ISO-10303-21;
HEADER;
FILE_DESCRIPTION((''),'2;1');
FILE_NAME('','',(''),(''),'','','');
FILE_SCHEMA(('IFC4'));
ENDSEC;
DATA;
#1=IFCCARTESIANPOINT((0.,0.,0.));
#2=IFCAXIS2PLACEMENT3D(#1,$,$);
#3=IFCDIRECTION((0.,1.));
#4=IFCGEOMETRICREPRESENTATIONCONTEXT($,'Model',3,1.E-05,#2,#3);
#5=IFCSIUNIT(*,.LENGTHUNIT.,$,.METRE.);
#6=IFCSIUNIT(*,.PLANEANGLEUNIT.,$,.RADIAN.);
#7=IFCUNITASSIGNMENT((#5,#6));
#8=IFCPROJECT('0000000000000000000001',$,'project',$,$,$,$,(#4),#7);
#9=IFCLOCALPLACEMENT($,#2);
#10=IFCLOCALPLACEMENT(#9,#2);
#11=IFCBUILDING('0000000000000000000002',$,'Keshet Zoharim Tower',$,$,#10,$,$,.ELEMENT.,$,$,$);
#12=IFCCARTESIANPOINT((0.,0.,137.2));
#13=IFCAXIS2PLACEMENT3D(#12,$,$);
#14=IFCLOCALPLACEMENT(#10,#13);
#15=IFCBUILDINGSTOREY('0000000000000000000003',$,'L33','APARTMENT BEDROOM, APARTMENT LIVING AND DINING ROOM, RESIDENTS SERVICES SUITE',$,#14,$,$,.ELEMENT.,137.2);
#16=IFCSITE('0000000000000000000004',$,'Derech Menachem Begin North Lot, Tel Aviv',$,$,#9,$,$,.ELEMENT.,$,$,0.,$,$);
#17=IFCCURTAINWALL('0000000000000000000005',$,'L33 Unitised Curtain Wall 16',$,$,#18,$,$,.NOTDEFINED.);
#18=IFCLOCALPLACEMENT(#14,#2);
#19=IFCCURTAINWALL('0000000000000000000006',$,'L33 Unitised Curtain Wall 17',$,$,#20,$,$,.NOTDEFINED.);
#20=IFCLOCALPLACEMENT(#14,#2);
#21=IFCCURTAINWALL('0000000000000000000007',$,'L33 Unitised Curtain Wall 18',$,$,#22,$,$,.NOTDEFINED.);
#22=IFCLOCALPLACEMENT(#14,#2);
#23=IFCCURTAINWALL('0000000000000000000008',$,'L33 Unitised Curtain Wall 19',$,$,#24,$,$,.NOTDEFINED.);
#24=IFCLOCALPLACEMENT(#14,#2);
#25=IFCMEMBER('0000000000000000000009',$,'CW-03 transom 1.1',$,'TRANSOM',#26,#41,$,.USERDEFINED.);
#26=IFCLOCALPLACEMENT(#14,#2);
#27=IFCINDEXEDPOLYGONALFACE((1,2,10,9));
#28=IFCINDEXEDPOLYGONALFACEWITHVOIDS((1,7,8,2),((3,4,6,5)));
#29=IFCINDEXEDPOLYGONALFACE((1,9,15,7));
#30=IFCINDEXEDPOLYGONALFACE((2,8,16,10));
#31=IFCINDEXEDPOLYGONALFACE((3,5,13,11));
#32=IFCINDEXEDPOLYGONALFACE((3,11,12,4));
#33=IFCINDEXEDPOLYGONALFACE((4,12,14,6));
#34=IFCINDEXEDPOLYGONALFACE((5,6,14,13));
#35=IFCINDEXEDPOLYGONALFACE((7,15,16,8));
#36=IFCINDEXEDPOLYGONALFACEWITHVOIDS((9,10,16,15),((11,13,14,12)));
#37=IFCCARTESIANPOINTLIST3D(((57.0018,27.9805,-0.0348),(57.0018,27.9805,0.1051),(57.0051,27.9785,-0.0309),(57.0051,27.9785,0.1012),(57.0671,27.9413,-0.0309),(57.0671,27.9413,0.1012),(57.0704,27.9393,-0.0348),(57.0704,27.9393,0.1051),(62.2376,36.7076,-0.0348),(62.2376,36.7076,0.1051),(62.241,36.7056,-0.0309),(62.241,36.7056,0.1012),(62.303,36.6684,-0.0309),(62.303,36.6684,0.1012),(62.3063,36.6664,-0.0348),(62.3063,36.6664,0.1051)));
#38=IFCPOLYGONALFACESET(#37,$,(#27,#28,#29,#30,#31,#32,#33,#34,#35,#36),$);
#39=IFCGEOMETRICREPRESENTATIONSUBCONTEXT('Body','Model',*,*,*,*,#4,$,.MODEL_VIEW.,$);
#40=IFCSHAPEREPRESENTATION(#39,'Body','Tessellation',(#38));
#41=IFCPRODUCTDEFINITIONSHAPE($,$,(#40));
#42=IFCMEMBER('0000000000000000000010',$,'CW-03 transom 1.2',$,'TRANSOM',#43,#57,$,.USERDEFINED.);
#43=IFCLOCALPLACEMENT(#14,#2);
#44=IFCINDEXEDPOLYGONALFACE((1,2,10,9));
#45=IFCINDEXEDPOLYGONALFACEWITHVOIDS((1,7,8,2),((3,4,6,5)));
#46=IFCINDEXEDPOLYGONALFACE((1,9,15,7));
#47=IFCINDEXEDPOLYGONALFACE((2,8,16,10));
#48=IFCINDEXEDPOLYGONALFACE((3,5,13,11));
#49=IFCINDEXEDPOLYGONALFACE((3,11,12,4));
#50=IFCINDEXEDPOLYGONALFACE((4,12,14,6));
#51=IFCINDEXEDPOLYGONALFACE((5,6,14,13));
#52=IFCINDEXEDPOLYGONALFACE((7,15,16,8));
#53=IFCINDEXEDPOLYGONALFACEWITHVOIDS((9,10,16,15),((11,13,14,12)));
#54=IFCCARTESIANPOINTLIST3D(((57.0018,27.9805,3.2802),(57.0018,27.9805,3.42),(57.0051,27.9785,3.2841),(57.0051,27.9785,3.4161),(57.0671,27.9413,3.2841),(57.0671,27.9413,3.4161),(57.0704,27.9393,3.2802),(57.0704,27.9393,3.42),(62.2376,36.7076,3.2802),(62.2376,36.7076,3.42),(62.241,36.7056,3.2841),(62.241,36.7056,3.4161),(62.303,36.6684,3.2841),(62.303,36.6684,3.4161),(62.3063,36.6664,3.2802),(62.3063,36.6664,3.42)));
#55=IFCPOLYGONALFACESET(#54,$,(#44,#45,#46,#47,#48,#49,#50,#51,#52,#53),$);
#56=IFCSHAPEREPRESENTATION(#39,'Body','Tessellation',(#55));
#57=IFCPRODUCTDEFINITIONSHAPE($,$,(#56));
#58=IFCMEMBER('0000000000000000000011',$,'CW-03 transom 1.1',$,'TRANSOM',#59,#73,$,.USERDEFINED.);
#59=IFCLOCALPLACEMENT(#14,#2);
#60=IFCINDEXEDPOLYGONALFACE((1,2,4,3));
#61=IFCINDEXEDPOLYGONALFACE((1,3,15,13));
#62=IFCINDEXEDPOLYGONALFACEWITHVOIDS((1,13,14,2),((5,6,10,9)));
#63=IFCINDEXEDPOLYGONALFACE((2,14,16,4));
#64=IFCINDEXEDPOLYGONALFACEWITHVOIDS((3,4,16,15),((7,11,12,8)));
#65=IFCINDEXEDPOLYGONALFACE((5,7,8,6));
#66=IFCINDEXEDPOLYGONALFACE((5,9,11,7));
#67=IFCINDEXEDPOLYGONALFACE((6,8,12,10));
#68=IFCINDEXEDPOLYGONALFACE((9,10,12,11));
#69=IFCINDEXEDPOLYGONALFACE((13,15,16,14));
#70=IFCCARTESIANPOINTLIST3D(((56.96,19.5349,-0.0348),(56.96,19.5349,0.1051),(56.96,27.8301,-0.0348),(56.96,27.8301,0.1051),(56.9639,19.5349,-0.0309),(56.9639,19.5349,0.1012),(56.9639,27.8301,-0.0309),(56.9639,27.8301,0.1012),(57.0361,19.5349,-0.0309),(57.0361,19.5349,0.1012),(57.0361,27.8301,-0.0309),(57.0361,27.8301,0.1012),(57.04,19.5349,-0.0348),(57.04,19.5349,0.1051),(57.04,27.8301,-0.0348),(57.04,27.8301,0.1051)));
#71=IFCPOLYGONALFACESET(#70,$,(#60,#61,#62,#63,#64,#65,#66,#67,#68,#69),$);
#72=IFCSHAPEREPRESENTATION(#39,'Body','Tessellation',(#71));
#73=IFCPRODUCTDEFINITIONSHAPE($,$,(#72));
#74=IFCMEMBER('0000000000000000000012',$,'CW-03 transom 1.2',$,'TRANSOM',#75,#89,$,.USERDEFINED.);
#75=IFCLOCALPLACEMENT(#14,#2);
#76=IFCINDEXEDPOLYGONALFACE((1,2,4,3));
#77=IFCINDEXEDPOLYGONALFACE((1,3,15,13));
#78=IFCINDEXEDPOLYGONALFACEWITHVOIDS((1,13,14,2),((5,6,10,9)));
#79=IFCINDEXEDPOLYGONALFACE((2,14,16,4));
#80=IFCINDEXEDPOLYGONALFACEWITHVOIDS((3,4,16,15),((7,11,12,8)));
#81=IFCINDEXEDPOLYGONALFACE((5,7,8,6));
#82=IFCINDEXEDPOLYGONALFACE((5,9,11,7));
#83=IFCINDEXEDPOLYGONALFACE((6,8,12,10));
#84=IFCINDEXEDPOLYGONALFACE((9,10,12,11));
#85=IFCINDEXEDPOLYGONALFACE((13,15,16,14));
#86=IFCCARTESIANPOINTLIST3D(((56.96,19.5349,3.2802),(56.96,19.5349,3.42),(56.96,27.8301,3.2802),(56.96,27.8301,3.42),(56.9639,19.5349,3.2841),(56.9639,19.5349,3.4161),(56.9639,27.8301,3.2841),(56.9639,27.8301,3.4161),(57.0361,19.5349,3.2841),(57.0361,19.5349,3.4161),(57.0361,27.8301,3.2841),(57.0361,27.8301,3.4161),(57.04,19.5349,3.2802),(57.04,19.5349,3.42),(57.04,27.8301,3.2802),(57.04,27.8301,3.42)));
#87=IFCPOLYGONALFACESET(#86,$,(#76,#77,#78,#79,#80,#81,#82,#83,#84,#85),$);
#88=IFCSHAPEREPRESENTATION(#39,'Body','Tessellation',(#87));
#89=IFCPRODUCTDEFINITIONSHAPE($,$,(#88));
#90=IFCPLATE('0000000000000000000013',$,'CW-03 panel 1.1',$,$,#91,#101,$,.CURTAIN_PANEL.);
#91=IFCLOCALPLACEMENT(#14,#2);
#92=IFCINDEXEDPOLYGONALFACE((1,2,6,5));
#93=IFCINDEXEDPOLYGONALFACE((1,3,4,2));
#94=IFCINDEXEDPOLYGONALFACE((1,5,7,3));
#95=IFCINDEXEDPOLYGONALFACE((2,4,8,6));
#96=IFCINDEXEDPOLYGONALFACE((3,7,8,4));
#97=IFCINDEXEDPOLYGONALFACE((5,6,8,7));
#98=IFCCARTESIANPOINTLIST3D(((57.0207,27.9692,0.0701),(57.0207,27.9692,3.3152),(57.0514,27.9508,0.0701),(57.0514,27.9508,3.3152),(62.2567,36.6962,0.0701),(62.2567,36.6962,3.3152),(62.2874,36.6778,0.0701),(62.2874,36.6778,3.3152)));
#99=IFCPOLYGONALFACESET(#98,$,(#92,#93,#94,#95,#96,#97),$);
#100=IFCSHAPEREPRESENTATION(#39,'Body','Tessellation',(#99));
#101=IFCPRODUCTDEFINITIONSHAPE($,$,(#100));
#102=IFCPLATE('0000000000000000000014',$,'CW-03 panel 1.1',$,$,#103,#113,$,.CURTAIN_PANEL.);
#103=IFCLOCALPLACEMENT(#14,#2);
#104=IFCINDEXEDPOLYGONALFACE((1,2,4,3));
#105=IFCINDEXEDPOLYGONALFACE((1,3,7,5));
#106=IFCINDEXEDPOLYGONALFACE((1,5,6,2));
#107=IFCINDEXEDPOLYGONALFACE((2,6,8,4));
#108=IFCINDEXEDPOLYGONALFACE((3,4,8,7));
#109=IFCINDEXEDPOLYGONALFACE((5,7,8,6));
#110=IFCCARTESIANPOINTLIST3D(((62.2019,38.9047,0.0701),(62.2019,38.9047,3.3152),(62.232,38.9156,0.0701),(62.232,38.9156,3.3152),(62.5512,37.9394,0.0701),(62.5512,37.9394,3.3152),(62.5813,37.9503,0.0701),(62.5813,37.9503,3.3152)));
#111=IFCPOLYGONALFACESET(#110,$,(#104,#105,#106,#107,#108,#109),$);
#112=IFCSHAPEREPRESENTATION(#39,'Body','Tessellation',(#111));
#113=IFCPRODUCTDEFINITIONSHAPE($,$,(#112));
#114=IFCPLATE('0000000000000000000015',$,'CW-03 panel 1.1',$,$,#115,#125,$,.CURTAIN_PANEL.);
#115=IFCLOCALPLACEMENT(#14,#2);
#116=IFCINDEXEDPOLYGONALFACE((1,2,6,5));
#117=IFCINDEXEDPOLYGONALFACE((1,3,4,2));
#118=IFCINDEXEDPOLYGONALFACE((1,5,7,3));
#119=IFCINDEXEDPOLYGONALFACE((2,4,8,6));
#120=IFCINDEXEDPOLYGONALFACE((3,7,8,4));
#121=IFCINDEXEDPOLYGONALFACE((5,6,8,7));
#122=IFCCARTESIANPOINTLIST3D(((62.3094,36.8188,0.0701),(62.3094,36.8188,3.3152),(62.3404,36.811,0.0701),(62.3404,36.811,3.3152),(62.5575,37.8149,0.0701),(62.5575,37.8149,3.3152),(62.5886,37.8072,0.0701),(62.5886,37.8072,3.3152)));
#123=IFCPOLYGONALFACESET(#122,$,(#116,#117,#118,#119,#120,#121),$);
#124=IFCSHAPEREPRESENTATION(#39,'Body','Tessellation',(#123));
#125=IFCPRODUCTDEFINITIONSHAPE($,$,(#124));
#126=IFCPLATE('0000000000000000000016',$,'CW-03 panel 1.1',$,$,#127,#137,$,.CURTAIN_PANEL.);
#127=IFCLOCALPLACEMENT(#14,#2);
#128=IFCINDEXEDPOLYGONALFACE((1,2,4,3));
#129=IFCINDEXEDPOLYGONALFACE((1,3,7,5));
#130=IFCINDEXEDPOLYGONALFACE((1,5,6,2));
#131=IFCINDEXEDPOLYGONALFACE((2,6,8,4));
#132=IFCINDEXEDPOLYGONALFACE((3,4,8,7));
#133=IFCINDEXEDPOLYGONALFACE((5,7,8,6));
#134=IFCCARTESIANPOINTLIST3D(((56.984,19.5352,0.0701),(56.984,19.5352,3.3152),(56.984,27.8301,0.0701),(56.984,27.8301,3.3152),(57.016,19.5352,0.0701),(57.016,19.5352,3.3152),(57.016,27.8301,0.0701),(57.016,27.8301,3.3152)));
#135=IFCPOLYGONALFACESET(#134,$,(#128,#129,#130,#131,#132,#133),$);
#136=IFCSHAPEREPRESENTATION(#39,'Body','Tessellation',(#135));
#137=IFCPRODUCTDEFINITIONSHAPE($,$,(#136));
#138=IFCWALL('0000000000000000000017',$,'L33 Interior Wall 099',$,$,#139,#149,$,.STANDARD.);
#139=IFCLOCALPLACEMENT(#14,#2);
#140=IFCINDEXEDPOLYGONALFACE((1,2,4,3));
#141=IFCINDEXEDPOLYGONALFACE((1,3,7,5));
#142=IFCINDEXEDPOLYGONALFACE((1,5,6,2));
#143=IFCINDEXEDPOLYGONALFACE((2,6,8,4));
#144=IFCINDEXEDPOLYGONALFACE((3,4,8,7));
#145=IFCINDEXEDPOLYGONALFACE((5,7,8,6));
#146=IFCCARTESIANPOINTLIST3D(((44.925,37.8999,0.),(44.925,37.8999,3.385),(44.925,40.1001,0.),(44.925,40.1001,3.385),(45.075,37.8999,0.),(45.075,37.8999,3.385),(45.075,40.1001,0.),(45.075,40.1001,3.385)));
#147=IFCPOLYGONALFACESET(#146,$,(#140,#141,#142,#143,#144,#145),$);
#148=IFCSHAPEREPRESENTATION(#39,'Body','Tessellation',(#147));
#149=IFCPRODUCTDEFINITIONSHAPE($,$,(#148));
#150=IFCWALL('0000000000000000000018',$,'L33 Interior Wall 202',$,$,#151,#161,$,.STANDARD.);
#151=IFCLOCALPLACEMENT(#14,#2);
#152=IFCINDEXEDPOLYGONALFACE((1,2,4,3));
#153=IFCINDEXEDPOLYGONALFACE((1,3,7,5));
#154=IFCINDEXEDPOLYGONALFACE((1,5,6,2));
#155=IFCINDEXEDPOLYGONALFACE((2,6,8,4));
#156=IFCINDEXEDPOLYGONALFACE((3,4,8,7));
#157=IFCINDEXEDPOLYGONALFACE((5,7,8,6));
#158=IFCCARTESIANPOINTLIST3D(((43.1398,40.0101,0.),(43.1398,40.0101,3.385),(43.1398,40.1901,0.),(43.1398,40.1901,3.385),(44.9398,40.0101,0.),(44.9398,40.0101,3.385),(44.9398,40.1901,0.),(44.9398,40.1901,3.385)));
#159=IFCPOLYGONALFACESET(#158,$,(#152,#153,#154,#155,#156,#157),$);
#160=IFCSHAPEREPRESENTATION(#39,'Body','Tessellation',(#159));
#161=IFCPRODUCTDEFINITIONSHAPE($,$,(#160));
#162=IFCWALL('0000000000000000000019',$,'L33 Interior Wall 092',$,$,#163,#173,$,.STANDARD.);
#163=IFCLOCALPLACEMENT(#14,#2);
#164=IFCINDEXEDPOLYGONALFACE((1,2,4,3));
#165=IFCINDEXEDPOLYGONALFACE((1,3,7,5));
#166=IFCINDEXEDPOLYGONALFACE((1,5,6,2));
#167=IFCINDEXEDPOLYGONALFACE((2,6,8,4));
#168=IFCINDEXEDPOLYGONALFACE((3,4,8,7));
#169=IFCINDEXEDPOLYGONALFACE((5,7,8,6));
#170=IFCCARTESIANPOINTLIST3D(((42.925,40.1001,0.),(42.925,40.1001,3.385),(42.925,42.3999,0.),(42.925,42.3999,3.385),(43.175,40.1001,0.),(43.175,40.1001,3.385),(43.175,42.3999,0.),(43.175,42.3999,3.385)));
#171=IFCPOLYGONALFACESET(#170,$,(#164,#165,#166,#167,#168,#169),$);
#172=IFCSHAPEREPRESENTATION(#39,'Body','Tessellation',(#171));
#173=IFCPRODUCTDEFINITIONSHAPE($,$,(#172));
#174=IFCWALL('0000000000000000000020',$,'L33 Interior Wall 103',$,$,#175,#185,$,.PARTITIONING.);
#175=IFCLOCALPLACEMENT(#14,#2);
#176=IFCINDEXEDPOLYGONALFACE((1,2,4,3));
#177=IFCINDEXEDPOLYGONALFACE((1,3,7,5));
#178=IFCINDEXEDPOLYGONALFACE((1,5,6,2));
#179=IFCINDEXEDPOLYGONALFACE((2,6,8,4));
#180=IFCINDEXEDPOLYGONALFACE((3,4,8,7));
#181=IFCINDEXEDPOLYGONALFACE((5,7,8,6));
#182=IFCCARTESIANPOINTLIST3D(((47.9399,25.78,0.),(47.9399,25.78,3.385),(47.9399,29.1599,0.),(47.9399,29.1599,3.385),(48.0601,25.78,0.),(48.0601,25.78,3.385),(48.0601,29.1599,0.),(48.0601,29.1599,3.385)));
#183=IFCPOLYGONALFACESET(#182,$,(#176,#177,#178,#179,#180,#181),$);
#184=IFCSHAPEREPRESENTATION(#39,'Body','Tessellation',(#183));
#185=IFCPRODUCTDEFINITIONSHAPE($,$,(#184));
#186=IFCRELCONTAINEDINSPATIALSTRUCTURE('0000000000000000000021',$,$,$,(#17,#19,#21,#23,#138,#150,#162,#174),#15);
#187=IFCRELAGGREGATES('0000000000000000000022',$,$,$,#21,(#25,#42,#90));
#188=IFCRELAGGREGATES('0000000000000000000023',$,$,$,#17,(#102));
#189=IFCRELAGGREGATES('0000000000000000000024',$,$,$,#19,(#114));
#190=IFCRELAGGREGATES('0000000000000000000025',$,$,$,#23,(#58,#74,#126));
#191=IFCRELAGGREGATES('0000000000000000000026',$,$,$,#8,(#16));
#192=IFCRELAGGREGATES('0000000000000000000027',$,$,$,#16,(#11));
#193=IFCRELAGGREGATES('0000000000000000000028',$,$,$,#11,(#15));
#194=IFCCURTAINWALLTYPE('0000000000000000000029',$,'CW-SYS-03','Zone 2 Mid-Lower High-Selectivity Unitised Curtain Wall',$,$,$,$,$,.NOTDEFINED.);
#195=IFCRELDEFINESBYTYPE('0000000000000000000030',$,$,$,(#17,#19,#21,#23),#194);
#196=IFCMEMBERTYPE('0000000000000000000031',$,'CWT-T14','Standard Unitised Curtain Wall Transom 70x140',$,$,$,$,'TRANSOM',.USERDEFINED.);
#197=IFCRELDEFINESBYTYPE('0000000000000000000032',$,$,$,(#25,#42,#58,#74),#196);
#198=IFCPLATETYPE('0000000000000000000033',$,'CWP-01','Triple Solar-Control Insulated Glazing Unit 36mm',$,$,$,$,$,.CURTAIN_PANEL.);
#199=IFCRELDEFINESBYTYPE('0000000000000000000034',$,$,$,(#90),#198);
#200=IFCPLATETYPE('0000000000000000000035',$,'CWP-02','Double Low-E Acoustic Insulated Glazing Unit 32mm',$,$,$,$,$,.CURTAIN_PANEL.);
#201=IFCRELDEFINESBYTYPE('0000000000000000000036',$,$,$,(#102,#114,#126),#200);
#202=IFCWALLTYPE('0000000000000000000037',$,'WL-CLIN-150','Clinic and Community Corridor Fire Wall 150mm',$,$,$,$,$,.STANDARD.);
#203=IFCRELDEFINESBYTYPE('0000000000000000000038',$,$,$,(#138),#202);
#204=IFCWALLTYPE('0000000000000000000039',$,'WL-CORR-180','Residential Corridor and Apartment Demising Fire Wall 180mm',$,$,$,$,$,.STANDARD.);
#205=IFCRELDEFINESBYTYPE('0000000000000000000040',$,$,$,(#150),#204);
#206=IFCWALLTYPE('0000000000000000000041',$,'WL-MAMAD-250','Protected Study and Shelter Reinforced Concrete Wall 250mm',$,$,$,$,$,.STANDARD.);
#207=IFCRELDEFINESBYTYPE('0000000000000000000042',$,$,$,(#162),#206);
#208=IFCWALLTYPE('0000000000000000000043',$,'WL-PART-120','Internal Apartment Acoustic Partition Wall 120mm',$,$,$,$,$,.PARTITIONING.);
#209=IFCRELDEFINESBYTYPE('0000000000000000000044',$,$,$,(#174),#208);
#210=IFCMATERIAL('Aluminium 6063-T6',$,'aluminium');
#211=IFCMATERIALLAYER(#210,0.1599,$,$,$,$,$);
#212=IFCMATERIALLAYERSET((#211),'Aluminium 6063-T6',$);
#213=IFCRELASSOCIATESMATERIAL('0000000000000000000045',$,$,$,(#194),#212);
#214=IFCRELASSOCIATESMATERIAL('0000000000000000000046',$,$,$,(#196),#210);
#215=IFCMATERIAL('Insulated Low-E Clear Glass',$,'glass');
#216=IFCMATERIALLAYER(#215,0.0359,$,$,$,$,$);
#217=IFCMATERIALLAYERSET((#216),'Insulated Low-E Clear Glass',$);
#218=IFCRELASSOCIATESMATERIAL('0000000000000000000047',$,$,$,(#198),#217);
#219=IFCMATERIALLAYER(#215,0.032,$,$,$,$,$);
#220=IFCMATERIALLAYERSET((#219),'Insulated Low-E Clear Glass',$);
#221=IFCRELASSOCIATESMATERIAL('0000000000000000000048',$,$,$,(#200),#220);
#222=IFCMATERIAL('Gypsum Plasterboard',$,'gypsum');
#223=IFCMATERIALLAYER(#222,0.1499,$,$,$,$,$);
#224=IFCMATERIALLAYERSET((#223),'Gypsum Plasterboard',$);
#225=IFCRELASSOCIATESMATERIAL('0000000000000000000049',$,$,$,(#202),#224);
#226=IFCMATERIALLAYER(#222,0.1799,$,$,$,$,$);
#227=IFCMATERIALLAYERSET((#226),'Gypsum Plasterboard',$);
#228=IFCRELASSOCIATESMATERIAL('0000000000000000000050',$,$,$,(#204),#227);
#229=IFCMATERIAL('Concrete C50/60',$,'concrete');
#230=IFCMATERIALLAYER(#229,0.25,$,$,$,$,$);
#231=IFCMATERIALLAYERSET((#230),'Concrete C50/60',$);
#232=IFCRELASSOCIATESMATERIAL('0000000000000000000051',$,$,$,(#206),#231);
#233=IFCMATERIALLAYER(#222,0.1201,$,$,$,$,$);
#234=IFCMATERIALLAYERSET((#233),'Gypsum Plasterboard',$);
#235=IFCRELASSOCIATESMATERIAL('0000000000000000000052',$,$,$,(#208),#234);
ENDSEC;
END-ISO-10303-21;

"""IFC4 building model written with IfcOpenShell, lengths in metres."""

from ifc_helpers import new_model, si_unit, direction, frame, frame_2d, origin, origin_2d, place, context, subcontext, project, spatial, rectangle, hollow_rectangle, extrude, material, layer, layer_set, material_profile, profile_set, type_object, element, aggregate, save


model = new_model("IFC4")

# Units and contexts
model_context = context("Model", 3, precision=1e-05, world=origin(), true_north=direction((0.0, 1.0)))
body_context = subcontext(model_context, "Body", "Model", "MODEL_VIEW")
ifc_project = project(units=[si_unit("LENGTHUNIT", "METRE"), si_unit("PLANEANGLEUNIT", "RADIAN")], contexts=[model_context])

# Site, building, storey
site_placement = place(None, origin())
site = spatial("IfcSite", under=ifc_project, at=site_placement, Name="Derech Menachem Begin North Lot, Tel Aviv", CompositionType="ELEMENT", RefElevation=0.0)
building_placement = place(site_placement, origin())
building = spatial("IfcBuilding", under=site, at=building_placement, Name="Keshet Zoharim Tower", CompositionType="ELEMENT")
storey_placement = place(building_placement, frame((0.0, 0.0, 137.2)))
storey = spatial("IfcBuildingStorey", under=building, at=storey_placement, Name="L33", Description="APARTMENT BEDROOM, APARTMENT LIVING AND DINING ROOM, RESIDENTS SERVICES SUITE", CompositionType="ELEMENT", Elevation=137.2)

# Shared definitions
ifc_material_1 = material(Name="Aluminium 6063-T6", Category="aluminium")
ifc_layer_1 = layer(ifc_material_1, 0.1599)
ifc_layer_set_1 = layer_set([ifc_layer_1], Name="Aluminium 6063-T6")
curtain_wall_type = type_object("IfcCurtainWallType", Name="CW-SYS-03", Description="Zone 2 Mid-Lower High-Selectivity Unitised Curtain Wall", PredefinedType="NOTDEFINED", material=ifc_layer_set_1)

# Curtain walls
curtain_wall_1_placement = place(storey_placement, origin())
curtain_wall_1 = element("IfcCurtainWall", 1, at=curtain_wall_1_placement, inside=storey, type_object=curtain_wall_type, Name="L33 Unitised Curtain Wall 16", PredefinedType="NOTDEFINED")
curtain_wall_2_placement = place(storey_placement, origin())
curtain_wall_2 = element("IfcCurtainWall", 2, at=curtain_wall_2_placement, inside=storey, type_object=curtain_wall_type, Name="L33 Unitised Curtain Wall 17", PredefinedType="NOTDEFINED")
curtain_wall_3_placement = place(storey_placement, origin())
curtain_wall_3 = element("IfcCurtainWall", 3, at=curtain_wall_3_placement, inside=storey, type_object=curtain_wall_type, Name="L33 Unitised Curtain Wall 18", PredefinedType="NOTDEFINED")

# Curtain wall
curtain_wall_4_placement = place(storey_placement, origin())
curtain_wall_4 = element("IfcCurtainWall", 4, at=curtain_wall_4_placement, inside=storey, type_object=curtain_wall_type, Name="L33 Unitised Curtain Wall 19", PredefinedType="NOTDEFINED")

# Members
ifc_material_profile_1 = material_profile(ifc_material_1, hollow_rectangle(XDim=0.0801, YDim=0.1399, WallThickness=0.0039, at=origin_2d()), Name="TRN-80x140")
ifc_profile_set_1 = profile_set([ifc_material_profile_1], Name="Aluminium 6063-T6")
member_type_1 = type_object("IfcMemberType", Name="CWT-T14", Description="Standard Unitised Curtain Wall Transom 70x140", ElementType="TRANSOM", PredefinedType="USERDEFINED", material=ifc_profile_set_1)
member_1_placement = place(storey_placement, frame((62.272, 36.687, 0.0352), z_axis=(-0.514468, -0.85751, 0.0), x_axis=(0.85751, -0.514468, 0.0)))
member_1 = element("IfcMember", 5, at=member_1_placement, type_object=member_type_1, Name="CW-03 transom 1.1", ObjectType="TRANSOM", PredefinedType="USERDEFINED", context=body_context, shape_type="SweptSolid", body=[
    extrude(hollow_rectangle(XDim=0.0801, YDim=0.1399, WallThickness=0.0039, at=origin_2d()), origin(), (0.0, 0.0, 1.0), 10.1772),
])
member_2_placement = place(storey_placement, frame((62.272, 36.687, 3.3501), z_axis=(-0.514468, -0.85751, 0.0), x_axis=(0.85751, -0.514468, 0.0)))
member_2 = element("IfcMember", 6, at=member_2_placement, type_object=member_type_1, Name="CW-03 transom 1.2", ObjectType="TRANSOM", PredefinedType="USERDEFINED", context=body_context, shape_type="SweptSolid", body=[
    extrude(hollow_rectangle(XDim=0.0801, YDim=0.1399, WallThickness=0.0039, at=origin_2d()), origin(), (0.0, 0.0, 1.0), 10.1772),
])
member_3_placement = place(storey_placement, frame((57.0, 27.8301, 0.0352), z_axis=(0.0, -1.0, 0.0), x_axis=(1.0, 0.0, 0.0)))
member_3 = element("IfcMember", 7, at=member_3_placement, type_object=member_type_1, Name="CW-03 transom 1.1", ObjectType="TRANSOM", PredefinedType="USERDEFINED", context=body_context, shape_type="SweptSolid", body=[
    extrude(hollow_rectangle(XDim=0.0801, YDim=0.1399, WallThickness=0.0039, at=origin_2d()), origin(), (0.0, 0.0, 1.0), 8.2952),
])
member_4_placement = place(storey_placement, frame((57.0, 27.8301, 3.3501), z_axis=(0.0, -1.0, 0.0), x_axis=(1.0, 0.0, 0.0)))
member_4 = element("IfcMember", 8, at=member_4_placement, type_object=member_type_1, Name="CW-03 transom 1.2", ObjectType="TRANSOM", PredefinedType="USERDEFINED", context=body_context, shape_type="SweptSolid", body=[
    extrude(hollow_rectangle(XDim=0.0801, YDim=0.1399, WallThickness=0.0039, at=origin_2d()), origin(), (0.0, 0.0, 1.0), 8.2952),
])

# Plates
ifc_material_2 = material(Name="Insulated Low-E Clear Glass", Category="glass")
ifc_layer_2 = layer(ifc_material_2, 0.0359)
ifc_layer_set_2 = layer_set([ifc_layer_2], Name="Insulated Low-E Clear Glass")
plate_type_1 = type_object("IfcPlateType", Name="CWP-01", Description="Triple Solar-Control Insulated Glazing Unit 36mm", PredefinedType="CURTAIN_PANEL", material=ifc_layer_set_2)
plate_1_placement = place(storey_placement, frame((59.6541, 32.3235, 0.0701), z_axis=(0.0, 0.0, 1.0), x_axis=(-0.514482, -0.857501, 0.0)))
plate_1 = element("IfcPlate", 9, at=plate_1_placement, type_object=plate_type_1, Name="CW-03 panel 1.1", PredefinedType="CURTAIN_PANEL", context=body_context, shape_type="SweptSolid", body=[
    extrude(rectangle(XDim=10.1772, YDim=0.0359, at=origin_2d()), origin(), (0.0, 0.0, 1.0), 3.2451),
])
aggregate(curtain_wall_3, [member_1, member_2, plate_1])
ifc_layer_3 = layer(ifc_material_2, 0.032)
ifc_layer_set_3 = layer_set([ifc_layer_3], Name="Insulated Low-E Clear Glass")
plate_type_2 = type_object("IfcPlateType", Name="CWP-02", Description="Double Low-E Acoustic Insulated Glazing Unit 32mm", PredefinedType="CURTAIN_PANEL", material=ifc_layer_set_3)
plate_2_placement = place(storey_placement, frame((62.3916, 38.4275, 0.0701), z_axis=(0.0, 0.0, 1.0), x_axis=(0.340297, -0.940318, 0.0)))
plate_2 = element("IfcPlate", 10, at=plate_2_placement, type_object=plate_type_2, Name="CW-03 panel 1.1", PredefinedType="CURTAIN_PANEL", context=body_context, shape_type="SweptSolid", body=[
    extrude(rectangle(XDim=1.0266, YDim=0.032, at=origin_2d()), origin(), (0.0, 0.0, 1.0), 3.2451),
])
aggregate(curtain_wall_1, [plate_2])
plate_3_placement = place(storey_placement, frame((62.449, 37.313, 0.0701), z_axis=(0.0, 0.0, 1.0), x_axis=(-0.241729, -0.970344, 0.0)))
plate_3 = element("IfcPlate", 11, at=plate_3_placement, type_object=plate_type_2, Name="CW-03 panel 1.1", PredefinedType="CURTAIN_PANEL", context=body_context, shape_type="SweptSolid", body=[
    extrude(rectangle(XDim=1.0266, YDim=0.032, at=origin_2d()), origin(), (0.0, 0.0, 1.0), 3.2451),
])
aggregate(curtain_wall_2, [plate_3])
plate_4_placement = place(storey_placement, frame((57.0, 23.6826, 0.0701), z_axis=(0.0, 0.0, 1.0), x_axis=(0.0, -1.0, 0.0)))
plate_4 = element("IfcPlate", 12, at=plate_4_placement, type_object=plate_type_2, Name="CW-03 panel 1.1", PredefinedType="CURTAIN_PANEL", context=body_context, shape_type="SweptSolid", body=[
    extrude(rectangle(XDim=8.2949, YDim=0.032, at=origin_2d()), origin(), (0.0, 0.0, 1.0), 3.2451),
])
aggregate(curtain_wall_4, [member_3, member_4, plate_4])

# Walls
ifc_material_3 = material(Name="Gypsum Plasterboard", Category="gypsum")
ifc_layer_4 = layer(ifc_material_3, 0.1499)
ifc_layer_set_4 = layer_set([ifc_layer_4], Name="Gypsum Plasterboard")
wall_type_1 = type_object("IfcWallType", Name="WL-CLIN-150", Description="Clinic and Community Corridor Fire Wall 150mm", PredefinedType="STANDARD", material=ifc_layer_set_4)
wall_1_placement = place(storey_placement, frame((45.0, 37.8999, 0.0), z_axis=(0.0, 0.0, 1.0), x_axis=(0.0, 1.0, 0.0)))
element("IfcWall", 13, at=wall_1_placement, inside=storey, type_object=wall_type_1, Name="L33 Interior Wall 099", PredefinedType="STANDARD", context=body_context, shape_type="SweptSolid", body=[
    extrude(rectangle(XDim=2.2002, YDim=0.1499, at=frame_2d((1.1001, 0.0))), origin(), (0.0, 0.0, 1.0), 3.385),
])
ifc_layer_5 = layer(ifc_material_3, 0.1799)
ifc_layer_set_5 = layer_set([ifc_layer_5], Name="Gypsum Plasterboard")
wall_type_2 = type_object("IfcWallType", Name="WL-CORR-180", Description="Residential Corridor and Apartment Demising Fire Wall 180mm", PredefinedType="STANDARD", material=ifc_layer_set_5)
wall_2_placement = place(storey_placement, frame((43.1399, 40.1001, 0.0), z_axis=(0.0, 0.0, 1.0), x_axis=(1.0, 0.0, 0.0)))
element("IfcWall", 14, at=wall_2_placement, inside=storey, type_object=wall_type_2, Name="L33 Interior Wall 202", PredefinedType="STANDARD", context=body_context, shape_type="SweptSolid", body=[
    extrude(rectangle(XDim=1.8, YDim=0.1799, at=frame_2d((0.8999, 0.0))), origin(), (0.0, 0.0, 1.0), 3.385),
])
ifc_material_4 = material(Name="Concrete C50/60", Category="concrete")
ifc_layer_6 = layer(ifc_material_4, 0.25)
ifc_layer_set_6 = layer_set([ifc_layer_6], Name="Concrete C50/60")
wall_type_3 = type_object("IfcWallType", Name="WL-MAMAD-250", Description="Protected Study and Shelter Reinforced Concrete Wall 250mm", PredefinedType="STANDARD", material=ifc_layer_set_6)
wall_3_placement = place(storey_placement, frame((43.05, 40.1001, 0.0), z_axis=(0.0, 0.0, 1.0), x_axis=(0.0, 1.0, 0.0)))
element("IfcWall", 15, at=wall_3_placement, inside=storey, type_object=wall_type_3, Name="L33 Interior Wall 092", PredefinedType="STANDARD", context=body_context, shape_type="SweptSolid", body=[
    extrude(rectangle(XDim=2.2998, YDim=0.25, at=frame_2d((1.1499, 0.0))), origin(), (0.0, 0.0, 1.0), 3.385),
])
ifc_layer_7 = layer(ifc_material_3, 0.1201)
ifc_layer_set_7 = layer_set([ifc_layer_7], Name="Gypsum Plasterboard")
wall_type_4 = type_object("IfcWallType", Name="WL-PART-120", Description="Internal Apartment Acoustic Partition Wall 120mm", PredefinedType="PARTITIONING", material=ifc_layer_set_7)
wall_4_placement = place(storey_placement, frame((48.0, 25.78, 0.0), z_axis=(0.0, 0.0, 1.0), x_axis=(0.0, 1.0, 0.0)))
element("IfcWall", 16, at=wall_4_placement, inside=storey, type_object=wall_type_4, Name="L33 Interior Wall 103", PredefinedType="PARTITIONING", context=body_context, shape_type="SweptSolid", body=[
    extrude(rectangle(XDim=3.3799, YDim=0.1201, at=frame_2d((1.6899, 0.0))), origin(), (0.0, 0.0, 1.0), 3.385),
])

save(model, "model.ifc")
